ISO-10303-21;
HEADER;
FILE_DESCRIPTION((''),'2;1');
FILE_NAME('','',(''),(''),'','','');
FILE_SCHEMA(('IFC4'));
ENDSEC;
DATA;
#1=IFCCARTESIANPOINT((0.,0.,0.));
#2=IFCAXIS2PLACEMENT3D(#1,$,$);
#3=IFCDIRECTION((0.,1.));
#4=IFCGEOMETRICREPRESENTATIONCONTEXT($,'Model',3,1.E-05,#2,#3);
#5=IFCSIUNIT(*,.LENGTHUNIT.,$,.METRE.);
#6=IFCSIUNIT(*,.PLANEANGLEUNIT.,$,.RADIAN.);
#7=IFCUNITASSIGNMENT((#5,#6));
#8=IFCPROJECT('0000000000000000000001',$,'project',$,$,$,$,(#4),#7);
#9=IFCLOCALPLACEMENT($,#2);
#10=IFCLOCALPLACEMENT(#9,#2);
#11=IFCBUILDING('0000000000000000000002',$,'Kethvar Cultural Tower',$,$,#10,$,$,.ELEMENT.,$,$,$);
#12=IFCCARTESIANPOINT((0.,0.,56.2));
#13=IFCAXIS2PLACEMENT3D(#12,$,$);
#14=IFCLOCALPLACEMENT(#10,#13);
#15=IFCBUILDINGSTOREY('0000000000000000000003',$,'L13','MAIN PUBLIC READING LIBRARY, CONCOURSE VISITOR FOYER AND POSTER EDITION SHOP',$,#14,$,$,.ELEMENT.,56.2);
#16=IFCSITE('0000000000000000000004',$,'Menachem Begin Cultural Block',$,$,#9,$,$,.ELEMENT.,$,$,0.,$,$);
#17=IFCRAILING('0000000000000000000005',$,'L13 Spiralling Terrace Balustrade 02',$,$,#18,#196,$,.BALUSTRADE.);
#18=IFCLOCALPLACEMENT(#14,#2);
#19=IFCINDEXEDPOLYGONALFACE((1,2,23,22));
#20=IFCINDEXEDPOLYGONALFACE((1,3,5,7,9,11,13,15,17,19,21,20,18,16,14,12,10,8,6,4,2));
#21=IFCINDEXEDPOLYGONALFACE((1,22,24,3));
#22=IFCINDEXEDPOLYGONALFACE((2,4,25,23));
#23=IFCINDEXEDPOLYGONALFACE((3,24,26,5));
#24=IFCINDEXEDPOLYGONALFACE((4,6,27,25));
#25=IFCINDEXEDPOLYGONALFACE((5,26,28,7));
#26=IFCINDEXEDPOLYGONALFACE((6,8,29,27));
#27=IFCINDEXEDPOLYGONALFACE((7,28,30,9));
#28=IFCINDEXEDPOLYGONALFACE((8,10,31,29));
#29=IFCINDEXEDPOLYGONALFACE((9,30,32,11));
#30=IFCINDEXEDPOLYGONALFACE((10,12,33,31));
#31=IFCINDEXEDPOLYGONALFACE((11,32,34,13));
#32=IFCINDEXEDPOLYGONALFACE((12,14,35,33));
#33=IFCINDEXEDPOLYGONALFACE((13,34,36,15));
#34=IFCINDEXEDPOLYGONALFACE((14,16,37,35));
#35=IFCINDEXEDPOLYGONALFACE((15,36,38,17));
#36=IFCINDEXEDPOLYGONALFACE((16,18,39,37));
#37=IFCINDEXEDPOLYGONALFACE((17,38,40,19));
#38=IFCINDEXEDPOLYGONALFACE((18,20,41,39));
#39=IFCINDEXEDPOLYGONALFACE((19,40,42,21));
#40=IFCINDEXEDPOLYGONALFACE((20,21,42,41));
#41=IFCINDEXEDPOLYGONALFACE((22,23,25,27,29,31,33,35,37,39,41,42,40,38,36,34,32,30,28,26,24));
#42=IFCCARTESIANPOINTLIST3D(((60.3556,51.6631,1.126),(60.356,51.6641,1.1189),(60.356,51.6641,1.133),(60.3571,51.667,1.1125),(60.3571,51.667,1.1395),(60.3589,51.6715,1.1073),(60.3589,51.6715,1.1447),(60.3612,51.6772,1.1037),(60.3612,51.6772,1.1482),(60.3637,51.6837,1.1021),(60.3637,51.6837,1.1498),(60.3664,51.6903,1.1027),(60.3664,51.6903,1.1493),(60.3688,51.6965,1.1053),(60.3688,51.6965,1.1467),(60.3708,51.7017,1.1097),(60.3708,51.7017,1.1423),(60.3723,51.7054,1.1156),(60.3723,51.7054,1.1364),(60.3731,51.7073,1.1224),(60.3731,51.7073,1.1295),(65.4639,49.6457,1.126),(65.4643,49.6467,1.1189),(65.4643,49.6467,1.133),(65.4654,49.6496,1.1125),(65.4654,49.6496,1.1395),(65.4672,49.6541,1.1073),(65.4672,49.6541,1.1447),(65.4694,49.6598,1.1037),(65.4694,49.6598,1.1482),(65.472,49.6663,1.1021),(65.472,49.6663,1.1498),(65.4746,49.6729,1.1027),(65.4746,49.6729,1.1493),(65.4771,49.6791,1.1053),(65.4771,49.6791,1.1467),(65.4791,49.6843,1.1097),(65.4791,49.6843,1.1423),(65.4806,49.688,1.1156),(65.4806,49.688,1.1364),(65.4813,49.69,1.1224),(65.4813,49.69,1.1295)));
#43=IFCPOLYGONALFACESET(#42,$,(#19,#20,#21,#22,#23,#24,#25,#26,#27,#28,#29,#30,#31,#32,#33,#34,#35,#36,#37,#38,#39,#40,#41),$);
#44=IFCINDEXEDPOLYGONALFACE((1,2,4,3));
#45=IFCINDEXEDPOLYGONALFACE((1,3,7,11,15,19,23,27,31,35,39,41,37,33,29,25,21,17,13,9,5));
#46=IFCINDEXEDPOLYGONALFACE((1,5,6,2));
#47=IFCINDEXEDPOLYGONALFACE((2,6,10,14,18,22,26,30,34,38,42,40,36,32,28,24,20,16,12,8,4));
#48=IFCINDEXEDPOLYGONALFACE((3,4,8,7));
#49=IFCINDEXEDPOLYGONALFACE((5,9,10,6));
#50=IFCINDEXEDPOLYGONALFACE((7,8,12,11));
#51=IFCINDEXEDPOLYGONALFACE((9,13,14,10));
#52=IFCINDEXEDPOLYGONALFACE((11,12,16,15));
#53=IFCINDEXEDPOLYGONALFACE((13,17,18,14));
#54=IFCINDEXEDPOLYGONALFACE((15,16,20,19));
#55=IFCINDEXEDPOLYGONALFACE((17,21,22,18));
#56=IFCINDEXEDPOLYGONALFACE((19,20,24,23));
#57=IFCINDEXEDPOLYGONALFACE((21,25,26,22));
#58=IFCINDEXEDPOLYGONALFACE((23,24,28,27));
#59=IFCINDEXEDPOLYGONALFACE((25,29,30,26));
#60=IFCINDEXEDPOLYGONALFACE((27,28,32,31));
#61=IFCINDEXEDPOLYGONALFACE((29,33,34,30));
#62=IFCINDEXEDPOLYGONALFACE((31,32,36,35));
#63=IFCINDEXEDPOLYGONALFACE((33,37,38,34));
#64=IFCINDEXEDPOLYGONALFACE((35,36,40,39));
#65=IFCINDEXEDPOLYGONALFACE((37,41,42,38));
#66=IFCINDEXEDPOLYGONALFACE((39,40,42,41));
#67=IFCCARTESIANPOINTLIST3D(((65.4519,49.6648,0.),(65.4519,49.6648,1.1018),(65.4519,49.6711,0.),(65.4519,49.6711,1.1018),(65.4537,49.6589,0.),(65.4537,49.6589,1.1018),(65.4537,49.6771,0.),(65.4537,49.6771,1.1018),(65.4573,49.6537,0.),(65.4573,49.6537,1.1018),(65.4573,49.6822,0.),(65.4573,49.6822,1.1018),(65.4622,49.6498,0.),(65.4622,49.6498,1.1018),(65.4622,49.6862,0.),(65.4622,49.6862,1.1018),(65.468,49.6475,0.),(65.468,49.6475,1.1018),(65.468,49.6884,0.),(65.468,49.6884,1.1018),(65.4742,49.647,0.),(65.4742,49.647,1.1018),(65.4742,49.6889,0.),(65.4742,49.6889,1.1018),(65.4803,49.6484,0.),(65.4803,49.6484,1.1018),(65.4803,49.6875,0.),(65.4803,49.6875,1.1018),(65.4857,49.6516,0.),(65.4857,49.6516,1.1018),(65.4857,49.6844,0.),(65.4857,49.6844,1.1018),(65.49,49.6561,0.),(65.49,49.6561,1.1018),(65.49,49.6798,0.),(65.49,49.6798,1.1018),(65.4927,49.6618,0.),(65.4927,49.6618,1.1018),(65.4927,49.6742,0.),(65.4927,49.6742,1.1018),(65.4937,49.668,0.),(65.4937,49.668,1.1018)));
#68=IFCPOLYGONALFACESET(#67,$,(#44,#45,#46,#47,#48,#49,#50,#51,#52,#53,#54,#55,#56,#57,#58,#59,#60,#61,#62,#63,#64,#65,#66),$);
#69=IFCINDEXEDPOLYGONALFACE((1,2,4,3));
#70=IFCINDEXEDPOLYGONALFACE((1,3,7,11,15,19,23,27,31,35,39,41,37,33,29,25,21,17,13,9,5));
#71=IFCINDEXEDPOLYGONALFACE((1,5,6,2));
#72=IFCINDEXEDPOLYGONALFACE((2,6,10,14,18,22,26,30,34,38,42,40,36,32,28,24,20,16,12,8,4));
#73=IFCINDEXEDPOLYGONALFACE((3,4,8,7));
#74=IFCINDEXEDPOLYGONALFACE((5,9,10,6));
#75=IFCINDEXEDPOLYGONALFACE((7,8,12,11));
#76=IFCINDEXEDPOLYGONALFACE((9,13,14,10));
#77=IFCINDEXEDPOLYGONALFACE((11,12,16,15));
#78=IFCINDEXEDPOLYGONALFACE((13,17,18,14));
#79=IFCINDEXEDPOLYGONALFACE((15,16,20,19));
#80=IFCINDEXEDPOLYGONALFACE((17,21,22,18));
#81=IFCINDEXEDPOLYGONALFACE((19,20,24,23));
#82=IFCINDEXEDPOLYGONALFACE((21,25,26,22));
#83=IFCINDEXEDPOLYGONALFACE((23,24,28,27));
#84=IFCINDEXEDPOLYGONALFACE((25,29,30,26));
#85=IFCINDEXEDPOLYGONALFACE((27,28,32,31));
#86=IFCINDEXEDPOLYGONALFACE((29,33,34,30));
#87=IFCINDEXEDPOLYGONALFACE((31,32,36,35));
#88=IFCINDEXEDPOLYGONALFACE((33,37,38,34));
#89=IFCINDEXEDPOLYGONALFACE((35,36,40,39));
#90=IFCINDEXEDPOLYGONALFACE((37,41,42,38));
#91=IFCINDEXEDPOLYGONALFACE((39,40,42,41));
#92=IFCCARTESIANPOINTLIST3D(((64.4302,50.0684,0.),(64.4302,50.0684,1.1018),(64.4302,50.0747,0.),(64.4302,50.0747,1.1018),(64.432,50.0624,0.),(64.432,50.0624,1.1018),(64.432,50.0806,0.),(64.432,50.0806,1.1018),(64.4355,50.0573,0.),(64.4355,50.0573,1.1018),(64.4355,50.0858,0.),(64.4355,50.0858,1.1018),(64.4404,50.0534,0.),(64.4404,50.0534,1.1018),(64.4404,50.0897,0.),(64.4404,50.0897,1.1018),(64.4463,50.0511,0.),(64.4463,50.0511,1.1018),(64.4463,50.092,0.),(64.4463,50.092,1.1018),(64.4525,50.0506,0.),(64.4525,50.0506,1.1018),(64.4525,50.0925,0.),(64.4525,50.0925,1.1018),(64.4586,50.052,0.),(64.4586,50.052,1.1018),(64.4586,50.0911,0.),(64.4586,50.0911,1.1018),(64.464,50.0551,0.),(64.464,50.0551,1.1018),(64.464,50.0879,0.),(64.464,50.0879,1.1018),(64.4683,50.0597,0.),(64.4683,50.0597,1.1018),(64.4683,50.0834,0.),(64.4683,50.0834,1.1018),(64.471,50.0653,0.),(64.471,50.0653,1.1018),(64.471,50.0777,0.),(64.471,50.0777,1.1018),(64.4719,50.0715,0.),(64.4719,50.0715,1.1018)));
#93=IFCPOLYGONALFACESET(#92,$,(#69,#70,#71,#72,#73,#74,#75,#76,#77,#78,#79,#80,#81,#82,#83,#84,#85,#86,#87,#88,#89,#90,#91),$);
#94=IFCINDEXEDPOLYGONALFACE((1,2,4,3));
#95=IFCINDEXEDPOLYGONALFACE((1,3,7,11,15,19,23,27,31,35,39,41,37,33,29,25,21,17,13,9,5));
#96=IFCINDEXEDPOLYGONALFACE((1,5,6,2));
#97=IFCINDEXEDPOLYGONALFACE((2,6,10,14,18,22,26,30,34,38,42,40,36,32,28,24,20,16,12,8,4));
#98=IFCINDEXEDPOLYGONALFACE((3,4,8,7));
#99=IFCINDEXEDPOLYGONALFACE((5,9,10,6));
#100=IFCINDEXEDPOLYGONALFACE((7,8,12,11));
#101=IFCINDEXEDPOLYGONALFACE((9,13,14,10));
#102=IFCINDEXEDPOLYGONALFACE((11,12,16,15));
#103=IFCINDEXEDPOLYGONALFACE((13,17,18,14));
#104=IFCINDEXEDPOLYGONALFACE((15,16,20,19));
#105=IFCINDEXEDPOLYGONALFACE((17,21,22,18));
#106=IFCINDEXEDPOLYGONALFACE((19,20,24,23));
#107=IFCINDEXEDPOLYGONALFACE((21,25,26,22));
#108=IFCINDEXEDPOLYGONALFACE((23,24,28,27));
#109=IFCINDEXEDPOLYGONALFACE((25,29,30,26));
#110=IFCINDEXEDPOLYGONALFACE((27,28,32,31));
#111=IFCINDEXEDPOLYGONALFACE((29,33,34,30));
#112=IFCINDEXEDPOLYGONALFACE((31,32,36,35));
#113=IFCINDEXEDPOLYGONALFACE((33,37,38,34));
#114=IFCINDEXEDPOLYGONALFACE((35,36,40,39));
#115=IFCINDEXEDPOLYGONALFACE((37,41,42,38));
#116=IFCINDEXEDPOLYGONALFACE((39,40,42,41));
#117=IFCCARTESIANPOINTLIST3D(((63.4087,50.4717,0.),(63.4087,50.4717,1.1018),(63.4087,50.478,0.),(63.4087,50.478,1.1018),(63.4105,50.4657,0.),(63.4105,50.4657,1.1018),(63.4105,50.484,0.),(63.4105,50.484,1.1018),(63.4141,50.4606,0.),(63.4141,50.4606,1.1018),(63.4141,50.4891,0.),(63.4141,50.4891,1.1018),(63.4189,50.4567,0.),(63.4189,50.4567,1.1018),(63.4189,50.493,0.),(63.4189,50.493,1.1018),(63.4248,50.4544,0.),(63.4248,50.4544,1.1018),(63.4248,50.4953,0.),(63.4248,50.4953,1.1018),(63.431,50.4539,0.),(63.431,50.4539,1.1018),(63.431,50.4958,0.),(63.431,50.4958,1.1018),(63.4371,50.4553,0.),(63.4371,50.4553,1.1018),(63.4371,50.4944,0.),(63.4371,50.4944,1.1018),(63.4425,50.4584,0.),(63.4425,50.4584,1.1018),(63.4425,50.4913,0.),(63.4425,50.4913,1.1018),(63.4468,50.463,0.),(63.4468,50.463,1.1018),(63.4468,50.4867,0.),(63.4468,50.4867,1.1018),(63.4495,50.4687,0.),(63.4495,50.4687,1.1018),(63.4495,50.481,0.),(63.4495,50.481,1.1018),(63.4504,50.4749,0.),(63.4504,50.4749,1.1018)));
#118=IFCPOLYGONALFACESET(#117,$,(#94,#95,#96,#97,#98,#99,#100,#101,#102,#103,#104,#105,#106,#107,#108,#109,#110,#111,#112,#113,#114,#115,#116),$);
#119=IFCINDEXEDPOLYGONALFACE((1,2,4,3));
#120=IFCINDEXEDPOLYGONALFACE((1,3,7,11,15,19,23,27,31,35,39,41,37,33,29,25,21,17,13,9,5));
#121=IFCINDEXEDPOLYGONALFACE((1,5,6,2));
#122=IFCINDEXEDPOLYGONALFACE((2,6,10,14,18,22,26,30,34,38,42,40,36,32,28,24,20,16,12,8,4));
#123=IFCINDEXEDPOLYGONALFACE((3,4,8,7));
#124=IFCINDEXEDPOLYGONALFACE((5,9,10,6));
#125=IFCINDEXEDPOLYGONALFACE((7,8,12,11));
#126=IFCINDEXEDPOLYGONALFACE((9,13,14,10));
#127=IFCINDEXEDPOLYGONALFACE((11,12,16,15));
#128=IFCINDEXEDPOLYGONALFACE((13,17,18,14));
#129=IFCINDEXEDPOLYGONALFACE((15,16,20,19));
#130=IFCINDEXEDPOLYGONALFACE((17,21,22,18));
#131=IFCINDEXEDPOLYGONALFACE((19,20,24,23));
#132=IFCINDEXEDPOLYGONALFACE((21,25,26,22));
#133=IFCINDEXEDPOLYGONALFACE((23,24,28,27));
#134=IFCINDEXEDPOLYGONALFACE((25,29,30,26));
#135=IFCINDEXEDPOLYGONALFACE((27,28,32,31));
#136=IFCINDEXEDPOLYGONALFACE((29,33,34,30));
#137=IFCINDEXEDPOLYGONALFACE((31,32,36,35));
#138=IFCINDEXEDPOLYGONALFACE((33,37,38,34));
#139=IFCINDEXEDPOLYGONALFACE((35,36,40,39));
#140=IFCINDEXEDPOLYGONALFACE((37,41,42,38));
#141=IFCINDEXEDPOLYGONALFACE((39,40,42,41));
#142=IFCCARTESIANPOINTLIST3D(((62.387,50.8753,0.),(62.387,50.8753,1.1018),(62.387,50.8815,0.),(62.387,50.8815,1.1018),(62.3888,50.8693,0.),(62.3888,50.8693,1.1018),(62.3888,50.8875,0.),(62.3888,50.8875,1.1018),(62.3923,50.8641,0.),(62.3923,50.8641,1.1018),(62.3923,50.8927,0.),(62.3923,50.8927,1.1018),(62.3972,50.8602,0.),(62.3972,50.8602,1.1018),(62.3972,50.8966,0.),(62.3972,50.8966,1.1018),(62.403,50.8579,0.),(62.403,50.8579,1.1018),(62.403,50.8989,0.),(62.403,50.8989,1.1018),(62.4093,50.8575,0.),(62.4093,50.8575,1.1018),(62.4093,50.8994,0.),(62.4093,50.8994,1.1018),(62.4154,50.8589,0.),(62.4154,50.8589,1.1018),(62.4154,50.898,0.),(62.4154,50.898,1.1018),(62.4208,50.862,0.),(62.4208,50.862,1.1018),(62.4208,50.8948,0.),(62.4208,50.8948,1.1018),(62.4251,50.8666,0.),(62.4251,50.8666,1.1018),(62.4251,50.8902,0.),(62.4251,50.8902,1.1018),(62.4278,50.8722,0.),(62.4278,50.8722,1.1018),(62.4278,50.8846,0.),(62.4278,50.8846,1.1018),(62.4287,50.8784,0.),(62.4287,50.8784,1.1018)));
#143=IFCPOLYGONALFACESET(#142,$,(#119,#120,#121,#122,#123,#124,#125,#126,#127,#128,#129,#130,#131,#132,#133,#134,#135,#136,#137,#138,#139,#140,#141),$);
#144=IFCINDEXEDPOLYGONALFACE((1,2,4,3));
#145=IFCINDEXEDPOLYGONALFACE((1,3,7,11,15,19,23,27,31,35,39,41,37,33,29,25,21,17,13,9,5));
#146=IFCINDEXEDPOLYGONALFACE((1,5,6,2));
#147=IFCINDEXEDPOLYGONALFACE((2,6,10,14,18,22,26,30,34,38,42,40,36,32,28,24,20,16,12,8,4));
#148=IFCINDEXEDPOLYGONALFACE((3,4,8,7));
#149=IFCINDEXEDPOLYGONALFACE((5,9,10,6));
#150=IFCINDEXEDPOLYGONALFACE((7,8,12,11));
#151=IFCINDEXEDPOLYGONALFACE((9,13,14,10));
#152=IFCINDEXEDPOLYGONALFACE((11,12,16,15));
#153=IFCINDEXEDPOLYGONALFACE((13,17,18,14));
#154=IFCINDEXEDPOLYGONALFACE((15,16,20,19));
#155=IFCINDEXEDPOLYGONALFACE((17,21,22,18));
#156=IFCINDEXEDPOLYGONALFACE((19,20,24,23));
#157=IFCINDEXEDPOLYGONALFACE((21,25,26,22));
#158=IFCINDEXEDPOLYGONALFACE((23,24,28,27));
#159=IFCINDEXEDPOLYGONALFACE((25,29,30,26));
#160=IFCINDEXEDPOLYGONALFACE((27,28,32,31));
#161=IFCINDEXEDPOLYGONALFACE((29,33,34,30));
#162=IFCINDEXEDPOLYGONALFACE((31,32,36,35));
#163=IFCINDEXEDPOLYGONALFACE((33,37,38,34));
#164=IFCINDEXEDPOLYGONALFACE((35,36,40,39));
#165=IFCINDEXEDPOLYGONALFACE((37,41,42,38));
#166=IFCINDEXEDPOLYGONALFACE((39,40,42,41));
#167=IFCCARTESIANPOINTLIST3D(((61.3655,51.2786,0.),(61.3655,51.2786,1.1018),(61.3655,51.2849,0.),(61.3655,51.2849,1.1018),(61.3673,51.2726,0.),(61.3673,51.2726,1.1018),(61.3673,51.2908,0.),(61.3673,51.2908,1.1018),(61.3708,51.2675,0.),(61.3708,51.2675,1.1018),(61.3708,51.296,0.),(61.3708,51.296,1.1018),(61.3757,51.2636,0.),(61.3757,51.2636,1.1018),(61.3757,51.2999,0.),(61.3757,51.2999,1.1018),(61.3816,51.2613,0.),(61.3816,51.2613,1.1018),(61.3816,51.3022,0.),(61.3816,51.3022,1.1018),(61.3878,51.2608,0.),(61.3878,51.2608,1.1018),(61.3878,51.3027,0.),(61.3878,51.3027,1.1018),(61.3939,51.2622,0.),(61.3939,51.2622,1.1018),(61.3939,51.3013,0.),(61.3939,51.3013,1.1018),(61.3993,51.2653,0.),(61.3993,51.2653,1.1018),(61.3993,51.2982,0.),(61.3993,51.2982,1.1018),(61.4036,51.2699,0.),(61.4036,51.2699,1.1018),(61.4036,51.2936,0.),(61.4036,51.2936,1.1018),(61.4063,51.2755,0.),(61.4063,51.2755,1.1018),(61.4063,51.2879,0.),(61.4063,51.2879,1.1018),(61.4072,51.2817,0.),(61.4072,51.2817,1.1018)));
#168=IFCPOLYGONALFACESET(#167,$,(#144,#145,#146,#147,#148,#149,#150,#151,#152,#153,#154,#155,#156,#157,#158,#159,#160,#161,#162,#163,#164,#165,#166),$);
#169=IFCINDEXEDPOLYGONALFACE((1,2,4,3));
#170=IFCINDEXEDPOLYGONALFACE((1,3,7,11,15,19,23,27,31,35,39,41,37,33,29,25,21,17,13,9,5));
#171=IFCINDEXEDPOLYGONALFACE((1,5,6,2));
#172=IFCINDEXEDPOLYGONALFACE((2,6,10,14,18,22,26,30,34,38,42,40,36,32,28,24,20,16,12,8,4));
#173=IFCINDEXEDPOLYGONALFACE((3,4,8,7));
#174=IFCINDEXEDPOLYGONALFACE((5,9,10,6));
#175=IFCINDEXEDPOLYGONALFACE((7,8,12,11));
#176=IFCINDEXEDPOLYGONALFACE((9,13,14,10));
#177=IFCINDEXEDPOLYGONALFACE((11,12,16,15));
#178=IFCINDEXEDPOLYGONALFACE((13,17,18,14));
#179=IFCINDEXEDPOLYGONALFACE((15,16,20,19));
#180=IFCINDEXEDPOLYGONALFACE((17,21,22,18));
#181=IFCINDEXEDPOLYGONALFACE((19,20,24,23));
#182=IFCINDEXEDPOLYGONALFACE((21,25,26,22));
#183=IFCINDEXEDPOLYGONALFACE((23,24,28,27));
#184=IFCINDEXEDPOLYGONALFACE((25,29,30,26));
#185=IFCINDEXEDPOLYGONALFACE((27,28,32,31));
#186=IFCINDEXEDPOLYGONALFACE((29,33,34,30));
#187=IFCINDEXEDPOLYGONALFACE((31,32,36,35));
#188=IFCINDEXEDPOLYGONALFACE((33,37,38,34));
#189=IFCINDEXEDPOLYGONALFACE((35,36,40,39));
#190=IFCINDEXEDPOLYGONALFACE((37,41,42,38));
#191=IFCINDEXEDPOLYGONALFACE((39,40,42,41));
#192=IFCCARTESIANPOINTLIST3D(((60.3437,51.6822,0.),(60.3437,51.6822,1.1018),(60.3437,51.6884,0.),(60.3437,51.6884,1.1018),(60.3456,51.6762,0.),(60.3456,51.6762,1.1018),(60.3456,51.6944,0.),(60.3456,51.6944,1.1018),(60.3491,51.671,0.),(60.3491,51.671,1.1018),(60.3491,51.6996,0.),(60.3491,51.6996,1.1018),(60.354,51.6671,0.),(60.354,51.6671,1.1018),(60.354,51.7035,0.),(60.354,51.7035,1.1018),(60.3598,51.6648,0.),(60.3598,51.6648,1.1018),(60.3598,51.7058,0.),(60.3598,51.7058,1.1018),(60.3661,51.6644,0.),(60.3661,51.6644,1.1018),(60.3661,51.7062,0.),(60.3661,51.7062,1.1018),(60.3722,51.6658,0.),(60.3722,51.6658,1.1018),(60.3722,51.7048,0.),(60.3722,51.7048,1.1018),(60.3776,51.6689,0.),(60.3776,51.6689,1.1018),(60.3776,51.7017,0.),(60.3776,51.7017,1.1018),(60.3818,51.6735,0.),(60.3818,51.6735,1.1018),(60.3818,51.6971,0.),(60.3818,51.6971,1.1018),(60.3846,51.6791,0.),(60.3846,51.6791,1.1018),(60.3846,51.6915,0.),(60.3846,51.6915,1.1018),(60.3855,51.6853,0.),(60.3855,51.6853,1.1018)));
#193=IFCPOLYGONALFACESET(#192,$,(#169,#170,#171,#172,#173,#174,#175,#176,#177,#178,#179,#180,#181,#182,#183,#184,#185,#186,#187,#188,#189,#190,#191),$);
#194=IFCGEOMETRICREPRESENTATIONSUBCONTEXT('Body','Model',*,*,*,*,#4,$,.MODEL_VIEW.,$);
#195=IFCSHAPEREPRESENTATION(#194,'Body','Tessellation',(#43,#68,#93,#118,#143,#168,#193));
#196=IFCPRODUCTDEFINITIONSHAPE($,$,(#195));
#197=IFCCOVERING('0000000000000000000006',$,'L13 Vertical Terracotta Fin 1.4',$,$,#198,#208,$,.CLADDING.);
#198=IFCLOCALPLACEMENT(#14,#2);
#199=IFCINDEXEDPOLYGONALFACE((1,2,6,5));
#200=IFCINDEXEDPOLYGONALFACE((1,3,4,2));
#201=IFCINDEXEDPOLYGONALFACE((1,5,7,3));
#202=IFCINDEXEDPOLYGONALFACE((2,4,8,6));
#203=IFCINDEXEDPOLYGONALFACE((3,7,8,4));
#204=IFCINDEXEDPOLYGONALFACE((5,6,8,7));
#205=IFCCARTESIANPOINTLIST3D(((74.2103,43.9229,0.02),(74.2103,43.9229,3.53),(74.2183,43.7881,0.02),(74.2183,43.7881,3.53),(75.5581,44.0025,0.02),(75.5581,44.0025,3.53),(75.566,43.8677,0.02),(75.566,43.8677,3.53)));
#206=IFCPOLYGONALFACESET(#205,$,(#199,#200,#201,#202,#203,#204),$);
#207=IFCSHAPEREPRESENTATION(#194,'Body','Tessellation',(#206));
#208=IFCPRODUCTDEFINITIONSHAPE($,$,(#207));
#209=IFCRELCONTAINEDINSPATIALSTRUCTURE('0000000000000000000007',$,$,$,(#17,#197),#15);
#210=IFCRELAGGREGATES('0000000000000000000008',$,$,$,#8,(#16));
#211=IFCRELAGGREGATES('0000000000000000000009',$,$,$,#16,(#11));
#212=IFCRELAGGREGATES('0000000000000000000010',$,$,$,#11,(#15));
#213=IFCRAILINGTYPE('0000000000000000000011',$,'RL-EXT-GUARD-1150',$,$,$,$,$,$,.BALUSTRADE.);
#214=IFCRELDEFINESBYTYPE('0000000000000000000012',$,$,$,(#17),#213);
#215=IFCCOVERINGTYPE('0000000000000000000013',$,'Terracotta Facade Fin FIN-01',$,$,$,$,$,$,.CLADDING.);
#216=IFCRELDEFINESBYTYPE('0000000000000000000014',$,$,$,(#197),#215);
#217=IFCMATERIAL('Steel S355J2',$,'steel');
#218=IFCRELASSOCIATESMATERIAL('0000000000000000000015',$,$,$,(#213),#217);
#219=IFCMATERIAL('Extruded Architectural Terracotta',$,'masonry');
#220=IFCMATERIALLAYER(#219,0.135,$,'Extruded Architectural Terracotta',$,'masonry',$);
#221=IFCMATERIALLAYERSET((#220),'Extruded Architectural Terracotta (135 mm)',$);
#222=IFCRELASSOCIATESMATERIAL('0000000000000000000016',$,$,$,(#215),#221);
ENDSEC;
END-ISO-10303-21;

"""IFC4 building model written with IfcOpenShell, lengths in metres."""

from ifc_helpers import new_model, si_unit, direction, frame, origin, origin_2d, place, context, subcontext, project, spatial, rectangle, circle, extrude, source, transform, mapped, material, layer, layer_set, type_object, element, save


model = new_model("IFC4")

# Units and contexts
model_context = context("Model", 3, precision=1e-05, world=origin(), true_north=direction((0.0, 1.0)))
body_context = subcontext(model_context, "Body", "Model", "MODEL_VIEW")
ifc_project = project(units=[si_unit("LENGTHUNIT", "METRE"), si_unit("PLANEANGLEUNIT", "RADIAN")], contexts=[model_context])

# Site, building, storey
site_placement = place(None, origin())
site = spatial("IfcSite", under=ifc_project, at=site_placement, Name="Menachem Begin Cultural Block", CompositionType="ELEMENT", RefElevation=0.0)
building_placement = place(site_placement, origin())
building = spatial("IfcBuilding", under=site, at=building_placement, Name="Kethvar Cultural Tower", CompositionType="ELEMENT")
storey_placement = place(building_placement, frame((0.0, 0.0, 56.2)))
storey = spatial("IfcBuildingStorey", under=building, at=storey_placement, Name="L13", Description="MAIN PUBLIC READING LIBRARY, CONCOURSE VISITOR FOYER AND POSTER EDITION SHOP", CompositionType="ELEMENT", Elevation=56.2)

# Shared definitions
ifc_material_1 = material(Name="Steel S355J2", Category="steel")

# Railing
railing_type = type_object("IfcRailingType", Name="RL-EXT-GUARD-1150", PredefinedType="BALUSTRADE", material=ifc_material_1)
railing_1_placement = place(storey_placement, frame((65.4727, 49.668, 0.0)))
element("IfcRailing", 1, at=railing_1_placement, inside=storey, type_object=railing_type, Name="L13 Spiralling Terrace Balustrade 02", PredefinedType="BALUSTRADE", context=body_context, shape_type="SweptSolid", body=[
    extrude(circle(Radius=0.0239, at=origin_2d()), frame((0.0, 0.0, 1.126), z_axis=(-0.930096, 0.367317, 0.0), x_axis=(-0.367317, -0.930096, 0.0)), (0.0, 0.0, 1.0), 5.4922),
    extrude(circle(Radius=0.021, at=origin_2d()), origin(), (0.0, 0.0, 1.0), 1.1018),
    extrude(circle(Radius=0.021, at=origin_2d()), frame((-1.0217, 0.4036, 0.0)), (0.0, 0.0, 1.0), 1.1018),
    extrude(circle(Radius=0.021, at=origin_2d()), frame((-2.0432, 0.8069, 0.0)), (0.0, 0.0, 1.0), 1.1018),
    extrude(circle(Radius=0.021, at=origin_2d()), frame((-3.0649, 1.2104, 0.0)), (0.0, 0.0, 1.0), 1.1018),
    extrude(circle(Radius=0.021, at=origin_2d()), frame((-4.0864, 1.6138, 0.0)), (0.0, 0.0, 1.0), 1.1018),
    extrude(circle(Radius=0.021, at=origin_2d()), frame((-5.1082, 2.0173, 0.0)), (0.0, 0.0, 1.0), 1.1018),
])

# Covering
ifc_material_2 = material(Name="Extruded Architectural Terracotta", Category="masonry")
ifc_layer_1 = layer(ifc_material_2, 0.135, Name="Extruded Architectural Terracotta", Category="masonry")
ifc_layer_set_1 = layer_set([ifc_layer_1], Name="Extruded Architectural Terracotta (135 mm)")
covering_type_1 = type_object("IfcCoveringType", Name="Terracotta Facade Fin FIN-01", PredefinedType="CLADDING", material=ifc_layer_set_1)
shared_shape_1 = source(origin(), body_context, "Body", "SweptSolid", [
    extrude(rectangle(XDim=1.3501, YDim=0.135, at=origin_2d()), origin(), (0.0, 0.0, 1.0), 3.51),
])
for number, where, z_axis, x_axis, name in (
    (2, (74.8882, 43.8953, 0.02), (0.0, 0.0, 1.0), (0.99826, 0.058958, 0.0), "L13 Vertical Terracotta Fin 1.4"),
):
    element("IfcCovering", number, at=place(storey_placement, frame(where, z_axis=z_axis, x_axis=x_axis)), inside=storey, type_object=covering_type_1, Name=name, PredefinedType="CLADDING", context=body_context, shape_type="MappedRepresentation", body=[
        mapped(shared_shape_1, transform((0.0, 0.0, 0.0), scale=1.0)),
    ])

save(model, "model.ifc")
